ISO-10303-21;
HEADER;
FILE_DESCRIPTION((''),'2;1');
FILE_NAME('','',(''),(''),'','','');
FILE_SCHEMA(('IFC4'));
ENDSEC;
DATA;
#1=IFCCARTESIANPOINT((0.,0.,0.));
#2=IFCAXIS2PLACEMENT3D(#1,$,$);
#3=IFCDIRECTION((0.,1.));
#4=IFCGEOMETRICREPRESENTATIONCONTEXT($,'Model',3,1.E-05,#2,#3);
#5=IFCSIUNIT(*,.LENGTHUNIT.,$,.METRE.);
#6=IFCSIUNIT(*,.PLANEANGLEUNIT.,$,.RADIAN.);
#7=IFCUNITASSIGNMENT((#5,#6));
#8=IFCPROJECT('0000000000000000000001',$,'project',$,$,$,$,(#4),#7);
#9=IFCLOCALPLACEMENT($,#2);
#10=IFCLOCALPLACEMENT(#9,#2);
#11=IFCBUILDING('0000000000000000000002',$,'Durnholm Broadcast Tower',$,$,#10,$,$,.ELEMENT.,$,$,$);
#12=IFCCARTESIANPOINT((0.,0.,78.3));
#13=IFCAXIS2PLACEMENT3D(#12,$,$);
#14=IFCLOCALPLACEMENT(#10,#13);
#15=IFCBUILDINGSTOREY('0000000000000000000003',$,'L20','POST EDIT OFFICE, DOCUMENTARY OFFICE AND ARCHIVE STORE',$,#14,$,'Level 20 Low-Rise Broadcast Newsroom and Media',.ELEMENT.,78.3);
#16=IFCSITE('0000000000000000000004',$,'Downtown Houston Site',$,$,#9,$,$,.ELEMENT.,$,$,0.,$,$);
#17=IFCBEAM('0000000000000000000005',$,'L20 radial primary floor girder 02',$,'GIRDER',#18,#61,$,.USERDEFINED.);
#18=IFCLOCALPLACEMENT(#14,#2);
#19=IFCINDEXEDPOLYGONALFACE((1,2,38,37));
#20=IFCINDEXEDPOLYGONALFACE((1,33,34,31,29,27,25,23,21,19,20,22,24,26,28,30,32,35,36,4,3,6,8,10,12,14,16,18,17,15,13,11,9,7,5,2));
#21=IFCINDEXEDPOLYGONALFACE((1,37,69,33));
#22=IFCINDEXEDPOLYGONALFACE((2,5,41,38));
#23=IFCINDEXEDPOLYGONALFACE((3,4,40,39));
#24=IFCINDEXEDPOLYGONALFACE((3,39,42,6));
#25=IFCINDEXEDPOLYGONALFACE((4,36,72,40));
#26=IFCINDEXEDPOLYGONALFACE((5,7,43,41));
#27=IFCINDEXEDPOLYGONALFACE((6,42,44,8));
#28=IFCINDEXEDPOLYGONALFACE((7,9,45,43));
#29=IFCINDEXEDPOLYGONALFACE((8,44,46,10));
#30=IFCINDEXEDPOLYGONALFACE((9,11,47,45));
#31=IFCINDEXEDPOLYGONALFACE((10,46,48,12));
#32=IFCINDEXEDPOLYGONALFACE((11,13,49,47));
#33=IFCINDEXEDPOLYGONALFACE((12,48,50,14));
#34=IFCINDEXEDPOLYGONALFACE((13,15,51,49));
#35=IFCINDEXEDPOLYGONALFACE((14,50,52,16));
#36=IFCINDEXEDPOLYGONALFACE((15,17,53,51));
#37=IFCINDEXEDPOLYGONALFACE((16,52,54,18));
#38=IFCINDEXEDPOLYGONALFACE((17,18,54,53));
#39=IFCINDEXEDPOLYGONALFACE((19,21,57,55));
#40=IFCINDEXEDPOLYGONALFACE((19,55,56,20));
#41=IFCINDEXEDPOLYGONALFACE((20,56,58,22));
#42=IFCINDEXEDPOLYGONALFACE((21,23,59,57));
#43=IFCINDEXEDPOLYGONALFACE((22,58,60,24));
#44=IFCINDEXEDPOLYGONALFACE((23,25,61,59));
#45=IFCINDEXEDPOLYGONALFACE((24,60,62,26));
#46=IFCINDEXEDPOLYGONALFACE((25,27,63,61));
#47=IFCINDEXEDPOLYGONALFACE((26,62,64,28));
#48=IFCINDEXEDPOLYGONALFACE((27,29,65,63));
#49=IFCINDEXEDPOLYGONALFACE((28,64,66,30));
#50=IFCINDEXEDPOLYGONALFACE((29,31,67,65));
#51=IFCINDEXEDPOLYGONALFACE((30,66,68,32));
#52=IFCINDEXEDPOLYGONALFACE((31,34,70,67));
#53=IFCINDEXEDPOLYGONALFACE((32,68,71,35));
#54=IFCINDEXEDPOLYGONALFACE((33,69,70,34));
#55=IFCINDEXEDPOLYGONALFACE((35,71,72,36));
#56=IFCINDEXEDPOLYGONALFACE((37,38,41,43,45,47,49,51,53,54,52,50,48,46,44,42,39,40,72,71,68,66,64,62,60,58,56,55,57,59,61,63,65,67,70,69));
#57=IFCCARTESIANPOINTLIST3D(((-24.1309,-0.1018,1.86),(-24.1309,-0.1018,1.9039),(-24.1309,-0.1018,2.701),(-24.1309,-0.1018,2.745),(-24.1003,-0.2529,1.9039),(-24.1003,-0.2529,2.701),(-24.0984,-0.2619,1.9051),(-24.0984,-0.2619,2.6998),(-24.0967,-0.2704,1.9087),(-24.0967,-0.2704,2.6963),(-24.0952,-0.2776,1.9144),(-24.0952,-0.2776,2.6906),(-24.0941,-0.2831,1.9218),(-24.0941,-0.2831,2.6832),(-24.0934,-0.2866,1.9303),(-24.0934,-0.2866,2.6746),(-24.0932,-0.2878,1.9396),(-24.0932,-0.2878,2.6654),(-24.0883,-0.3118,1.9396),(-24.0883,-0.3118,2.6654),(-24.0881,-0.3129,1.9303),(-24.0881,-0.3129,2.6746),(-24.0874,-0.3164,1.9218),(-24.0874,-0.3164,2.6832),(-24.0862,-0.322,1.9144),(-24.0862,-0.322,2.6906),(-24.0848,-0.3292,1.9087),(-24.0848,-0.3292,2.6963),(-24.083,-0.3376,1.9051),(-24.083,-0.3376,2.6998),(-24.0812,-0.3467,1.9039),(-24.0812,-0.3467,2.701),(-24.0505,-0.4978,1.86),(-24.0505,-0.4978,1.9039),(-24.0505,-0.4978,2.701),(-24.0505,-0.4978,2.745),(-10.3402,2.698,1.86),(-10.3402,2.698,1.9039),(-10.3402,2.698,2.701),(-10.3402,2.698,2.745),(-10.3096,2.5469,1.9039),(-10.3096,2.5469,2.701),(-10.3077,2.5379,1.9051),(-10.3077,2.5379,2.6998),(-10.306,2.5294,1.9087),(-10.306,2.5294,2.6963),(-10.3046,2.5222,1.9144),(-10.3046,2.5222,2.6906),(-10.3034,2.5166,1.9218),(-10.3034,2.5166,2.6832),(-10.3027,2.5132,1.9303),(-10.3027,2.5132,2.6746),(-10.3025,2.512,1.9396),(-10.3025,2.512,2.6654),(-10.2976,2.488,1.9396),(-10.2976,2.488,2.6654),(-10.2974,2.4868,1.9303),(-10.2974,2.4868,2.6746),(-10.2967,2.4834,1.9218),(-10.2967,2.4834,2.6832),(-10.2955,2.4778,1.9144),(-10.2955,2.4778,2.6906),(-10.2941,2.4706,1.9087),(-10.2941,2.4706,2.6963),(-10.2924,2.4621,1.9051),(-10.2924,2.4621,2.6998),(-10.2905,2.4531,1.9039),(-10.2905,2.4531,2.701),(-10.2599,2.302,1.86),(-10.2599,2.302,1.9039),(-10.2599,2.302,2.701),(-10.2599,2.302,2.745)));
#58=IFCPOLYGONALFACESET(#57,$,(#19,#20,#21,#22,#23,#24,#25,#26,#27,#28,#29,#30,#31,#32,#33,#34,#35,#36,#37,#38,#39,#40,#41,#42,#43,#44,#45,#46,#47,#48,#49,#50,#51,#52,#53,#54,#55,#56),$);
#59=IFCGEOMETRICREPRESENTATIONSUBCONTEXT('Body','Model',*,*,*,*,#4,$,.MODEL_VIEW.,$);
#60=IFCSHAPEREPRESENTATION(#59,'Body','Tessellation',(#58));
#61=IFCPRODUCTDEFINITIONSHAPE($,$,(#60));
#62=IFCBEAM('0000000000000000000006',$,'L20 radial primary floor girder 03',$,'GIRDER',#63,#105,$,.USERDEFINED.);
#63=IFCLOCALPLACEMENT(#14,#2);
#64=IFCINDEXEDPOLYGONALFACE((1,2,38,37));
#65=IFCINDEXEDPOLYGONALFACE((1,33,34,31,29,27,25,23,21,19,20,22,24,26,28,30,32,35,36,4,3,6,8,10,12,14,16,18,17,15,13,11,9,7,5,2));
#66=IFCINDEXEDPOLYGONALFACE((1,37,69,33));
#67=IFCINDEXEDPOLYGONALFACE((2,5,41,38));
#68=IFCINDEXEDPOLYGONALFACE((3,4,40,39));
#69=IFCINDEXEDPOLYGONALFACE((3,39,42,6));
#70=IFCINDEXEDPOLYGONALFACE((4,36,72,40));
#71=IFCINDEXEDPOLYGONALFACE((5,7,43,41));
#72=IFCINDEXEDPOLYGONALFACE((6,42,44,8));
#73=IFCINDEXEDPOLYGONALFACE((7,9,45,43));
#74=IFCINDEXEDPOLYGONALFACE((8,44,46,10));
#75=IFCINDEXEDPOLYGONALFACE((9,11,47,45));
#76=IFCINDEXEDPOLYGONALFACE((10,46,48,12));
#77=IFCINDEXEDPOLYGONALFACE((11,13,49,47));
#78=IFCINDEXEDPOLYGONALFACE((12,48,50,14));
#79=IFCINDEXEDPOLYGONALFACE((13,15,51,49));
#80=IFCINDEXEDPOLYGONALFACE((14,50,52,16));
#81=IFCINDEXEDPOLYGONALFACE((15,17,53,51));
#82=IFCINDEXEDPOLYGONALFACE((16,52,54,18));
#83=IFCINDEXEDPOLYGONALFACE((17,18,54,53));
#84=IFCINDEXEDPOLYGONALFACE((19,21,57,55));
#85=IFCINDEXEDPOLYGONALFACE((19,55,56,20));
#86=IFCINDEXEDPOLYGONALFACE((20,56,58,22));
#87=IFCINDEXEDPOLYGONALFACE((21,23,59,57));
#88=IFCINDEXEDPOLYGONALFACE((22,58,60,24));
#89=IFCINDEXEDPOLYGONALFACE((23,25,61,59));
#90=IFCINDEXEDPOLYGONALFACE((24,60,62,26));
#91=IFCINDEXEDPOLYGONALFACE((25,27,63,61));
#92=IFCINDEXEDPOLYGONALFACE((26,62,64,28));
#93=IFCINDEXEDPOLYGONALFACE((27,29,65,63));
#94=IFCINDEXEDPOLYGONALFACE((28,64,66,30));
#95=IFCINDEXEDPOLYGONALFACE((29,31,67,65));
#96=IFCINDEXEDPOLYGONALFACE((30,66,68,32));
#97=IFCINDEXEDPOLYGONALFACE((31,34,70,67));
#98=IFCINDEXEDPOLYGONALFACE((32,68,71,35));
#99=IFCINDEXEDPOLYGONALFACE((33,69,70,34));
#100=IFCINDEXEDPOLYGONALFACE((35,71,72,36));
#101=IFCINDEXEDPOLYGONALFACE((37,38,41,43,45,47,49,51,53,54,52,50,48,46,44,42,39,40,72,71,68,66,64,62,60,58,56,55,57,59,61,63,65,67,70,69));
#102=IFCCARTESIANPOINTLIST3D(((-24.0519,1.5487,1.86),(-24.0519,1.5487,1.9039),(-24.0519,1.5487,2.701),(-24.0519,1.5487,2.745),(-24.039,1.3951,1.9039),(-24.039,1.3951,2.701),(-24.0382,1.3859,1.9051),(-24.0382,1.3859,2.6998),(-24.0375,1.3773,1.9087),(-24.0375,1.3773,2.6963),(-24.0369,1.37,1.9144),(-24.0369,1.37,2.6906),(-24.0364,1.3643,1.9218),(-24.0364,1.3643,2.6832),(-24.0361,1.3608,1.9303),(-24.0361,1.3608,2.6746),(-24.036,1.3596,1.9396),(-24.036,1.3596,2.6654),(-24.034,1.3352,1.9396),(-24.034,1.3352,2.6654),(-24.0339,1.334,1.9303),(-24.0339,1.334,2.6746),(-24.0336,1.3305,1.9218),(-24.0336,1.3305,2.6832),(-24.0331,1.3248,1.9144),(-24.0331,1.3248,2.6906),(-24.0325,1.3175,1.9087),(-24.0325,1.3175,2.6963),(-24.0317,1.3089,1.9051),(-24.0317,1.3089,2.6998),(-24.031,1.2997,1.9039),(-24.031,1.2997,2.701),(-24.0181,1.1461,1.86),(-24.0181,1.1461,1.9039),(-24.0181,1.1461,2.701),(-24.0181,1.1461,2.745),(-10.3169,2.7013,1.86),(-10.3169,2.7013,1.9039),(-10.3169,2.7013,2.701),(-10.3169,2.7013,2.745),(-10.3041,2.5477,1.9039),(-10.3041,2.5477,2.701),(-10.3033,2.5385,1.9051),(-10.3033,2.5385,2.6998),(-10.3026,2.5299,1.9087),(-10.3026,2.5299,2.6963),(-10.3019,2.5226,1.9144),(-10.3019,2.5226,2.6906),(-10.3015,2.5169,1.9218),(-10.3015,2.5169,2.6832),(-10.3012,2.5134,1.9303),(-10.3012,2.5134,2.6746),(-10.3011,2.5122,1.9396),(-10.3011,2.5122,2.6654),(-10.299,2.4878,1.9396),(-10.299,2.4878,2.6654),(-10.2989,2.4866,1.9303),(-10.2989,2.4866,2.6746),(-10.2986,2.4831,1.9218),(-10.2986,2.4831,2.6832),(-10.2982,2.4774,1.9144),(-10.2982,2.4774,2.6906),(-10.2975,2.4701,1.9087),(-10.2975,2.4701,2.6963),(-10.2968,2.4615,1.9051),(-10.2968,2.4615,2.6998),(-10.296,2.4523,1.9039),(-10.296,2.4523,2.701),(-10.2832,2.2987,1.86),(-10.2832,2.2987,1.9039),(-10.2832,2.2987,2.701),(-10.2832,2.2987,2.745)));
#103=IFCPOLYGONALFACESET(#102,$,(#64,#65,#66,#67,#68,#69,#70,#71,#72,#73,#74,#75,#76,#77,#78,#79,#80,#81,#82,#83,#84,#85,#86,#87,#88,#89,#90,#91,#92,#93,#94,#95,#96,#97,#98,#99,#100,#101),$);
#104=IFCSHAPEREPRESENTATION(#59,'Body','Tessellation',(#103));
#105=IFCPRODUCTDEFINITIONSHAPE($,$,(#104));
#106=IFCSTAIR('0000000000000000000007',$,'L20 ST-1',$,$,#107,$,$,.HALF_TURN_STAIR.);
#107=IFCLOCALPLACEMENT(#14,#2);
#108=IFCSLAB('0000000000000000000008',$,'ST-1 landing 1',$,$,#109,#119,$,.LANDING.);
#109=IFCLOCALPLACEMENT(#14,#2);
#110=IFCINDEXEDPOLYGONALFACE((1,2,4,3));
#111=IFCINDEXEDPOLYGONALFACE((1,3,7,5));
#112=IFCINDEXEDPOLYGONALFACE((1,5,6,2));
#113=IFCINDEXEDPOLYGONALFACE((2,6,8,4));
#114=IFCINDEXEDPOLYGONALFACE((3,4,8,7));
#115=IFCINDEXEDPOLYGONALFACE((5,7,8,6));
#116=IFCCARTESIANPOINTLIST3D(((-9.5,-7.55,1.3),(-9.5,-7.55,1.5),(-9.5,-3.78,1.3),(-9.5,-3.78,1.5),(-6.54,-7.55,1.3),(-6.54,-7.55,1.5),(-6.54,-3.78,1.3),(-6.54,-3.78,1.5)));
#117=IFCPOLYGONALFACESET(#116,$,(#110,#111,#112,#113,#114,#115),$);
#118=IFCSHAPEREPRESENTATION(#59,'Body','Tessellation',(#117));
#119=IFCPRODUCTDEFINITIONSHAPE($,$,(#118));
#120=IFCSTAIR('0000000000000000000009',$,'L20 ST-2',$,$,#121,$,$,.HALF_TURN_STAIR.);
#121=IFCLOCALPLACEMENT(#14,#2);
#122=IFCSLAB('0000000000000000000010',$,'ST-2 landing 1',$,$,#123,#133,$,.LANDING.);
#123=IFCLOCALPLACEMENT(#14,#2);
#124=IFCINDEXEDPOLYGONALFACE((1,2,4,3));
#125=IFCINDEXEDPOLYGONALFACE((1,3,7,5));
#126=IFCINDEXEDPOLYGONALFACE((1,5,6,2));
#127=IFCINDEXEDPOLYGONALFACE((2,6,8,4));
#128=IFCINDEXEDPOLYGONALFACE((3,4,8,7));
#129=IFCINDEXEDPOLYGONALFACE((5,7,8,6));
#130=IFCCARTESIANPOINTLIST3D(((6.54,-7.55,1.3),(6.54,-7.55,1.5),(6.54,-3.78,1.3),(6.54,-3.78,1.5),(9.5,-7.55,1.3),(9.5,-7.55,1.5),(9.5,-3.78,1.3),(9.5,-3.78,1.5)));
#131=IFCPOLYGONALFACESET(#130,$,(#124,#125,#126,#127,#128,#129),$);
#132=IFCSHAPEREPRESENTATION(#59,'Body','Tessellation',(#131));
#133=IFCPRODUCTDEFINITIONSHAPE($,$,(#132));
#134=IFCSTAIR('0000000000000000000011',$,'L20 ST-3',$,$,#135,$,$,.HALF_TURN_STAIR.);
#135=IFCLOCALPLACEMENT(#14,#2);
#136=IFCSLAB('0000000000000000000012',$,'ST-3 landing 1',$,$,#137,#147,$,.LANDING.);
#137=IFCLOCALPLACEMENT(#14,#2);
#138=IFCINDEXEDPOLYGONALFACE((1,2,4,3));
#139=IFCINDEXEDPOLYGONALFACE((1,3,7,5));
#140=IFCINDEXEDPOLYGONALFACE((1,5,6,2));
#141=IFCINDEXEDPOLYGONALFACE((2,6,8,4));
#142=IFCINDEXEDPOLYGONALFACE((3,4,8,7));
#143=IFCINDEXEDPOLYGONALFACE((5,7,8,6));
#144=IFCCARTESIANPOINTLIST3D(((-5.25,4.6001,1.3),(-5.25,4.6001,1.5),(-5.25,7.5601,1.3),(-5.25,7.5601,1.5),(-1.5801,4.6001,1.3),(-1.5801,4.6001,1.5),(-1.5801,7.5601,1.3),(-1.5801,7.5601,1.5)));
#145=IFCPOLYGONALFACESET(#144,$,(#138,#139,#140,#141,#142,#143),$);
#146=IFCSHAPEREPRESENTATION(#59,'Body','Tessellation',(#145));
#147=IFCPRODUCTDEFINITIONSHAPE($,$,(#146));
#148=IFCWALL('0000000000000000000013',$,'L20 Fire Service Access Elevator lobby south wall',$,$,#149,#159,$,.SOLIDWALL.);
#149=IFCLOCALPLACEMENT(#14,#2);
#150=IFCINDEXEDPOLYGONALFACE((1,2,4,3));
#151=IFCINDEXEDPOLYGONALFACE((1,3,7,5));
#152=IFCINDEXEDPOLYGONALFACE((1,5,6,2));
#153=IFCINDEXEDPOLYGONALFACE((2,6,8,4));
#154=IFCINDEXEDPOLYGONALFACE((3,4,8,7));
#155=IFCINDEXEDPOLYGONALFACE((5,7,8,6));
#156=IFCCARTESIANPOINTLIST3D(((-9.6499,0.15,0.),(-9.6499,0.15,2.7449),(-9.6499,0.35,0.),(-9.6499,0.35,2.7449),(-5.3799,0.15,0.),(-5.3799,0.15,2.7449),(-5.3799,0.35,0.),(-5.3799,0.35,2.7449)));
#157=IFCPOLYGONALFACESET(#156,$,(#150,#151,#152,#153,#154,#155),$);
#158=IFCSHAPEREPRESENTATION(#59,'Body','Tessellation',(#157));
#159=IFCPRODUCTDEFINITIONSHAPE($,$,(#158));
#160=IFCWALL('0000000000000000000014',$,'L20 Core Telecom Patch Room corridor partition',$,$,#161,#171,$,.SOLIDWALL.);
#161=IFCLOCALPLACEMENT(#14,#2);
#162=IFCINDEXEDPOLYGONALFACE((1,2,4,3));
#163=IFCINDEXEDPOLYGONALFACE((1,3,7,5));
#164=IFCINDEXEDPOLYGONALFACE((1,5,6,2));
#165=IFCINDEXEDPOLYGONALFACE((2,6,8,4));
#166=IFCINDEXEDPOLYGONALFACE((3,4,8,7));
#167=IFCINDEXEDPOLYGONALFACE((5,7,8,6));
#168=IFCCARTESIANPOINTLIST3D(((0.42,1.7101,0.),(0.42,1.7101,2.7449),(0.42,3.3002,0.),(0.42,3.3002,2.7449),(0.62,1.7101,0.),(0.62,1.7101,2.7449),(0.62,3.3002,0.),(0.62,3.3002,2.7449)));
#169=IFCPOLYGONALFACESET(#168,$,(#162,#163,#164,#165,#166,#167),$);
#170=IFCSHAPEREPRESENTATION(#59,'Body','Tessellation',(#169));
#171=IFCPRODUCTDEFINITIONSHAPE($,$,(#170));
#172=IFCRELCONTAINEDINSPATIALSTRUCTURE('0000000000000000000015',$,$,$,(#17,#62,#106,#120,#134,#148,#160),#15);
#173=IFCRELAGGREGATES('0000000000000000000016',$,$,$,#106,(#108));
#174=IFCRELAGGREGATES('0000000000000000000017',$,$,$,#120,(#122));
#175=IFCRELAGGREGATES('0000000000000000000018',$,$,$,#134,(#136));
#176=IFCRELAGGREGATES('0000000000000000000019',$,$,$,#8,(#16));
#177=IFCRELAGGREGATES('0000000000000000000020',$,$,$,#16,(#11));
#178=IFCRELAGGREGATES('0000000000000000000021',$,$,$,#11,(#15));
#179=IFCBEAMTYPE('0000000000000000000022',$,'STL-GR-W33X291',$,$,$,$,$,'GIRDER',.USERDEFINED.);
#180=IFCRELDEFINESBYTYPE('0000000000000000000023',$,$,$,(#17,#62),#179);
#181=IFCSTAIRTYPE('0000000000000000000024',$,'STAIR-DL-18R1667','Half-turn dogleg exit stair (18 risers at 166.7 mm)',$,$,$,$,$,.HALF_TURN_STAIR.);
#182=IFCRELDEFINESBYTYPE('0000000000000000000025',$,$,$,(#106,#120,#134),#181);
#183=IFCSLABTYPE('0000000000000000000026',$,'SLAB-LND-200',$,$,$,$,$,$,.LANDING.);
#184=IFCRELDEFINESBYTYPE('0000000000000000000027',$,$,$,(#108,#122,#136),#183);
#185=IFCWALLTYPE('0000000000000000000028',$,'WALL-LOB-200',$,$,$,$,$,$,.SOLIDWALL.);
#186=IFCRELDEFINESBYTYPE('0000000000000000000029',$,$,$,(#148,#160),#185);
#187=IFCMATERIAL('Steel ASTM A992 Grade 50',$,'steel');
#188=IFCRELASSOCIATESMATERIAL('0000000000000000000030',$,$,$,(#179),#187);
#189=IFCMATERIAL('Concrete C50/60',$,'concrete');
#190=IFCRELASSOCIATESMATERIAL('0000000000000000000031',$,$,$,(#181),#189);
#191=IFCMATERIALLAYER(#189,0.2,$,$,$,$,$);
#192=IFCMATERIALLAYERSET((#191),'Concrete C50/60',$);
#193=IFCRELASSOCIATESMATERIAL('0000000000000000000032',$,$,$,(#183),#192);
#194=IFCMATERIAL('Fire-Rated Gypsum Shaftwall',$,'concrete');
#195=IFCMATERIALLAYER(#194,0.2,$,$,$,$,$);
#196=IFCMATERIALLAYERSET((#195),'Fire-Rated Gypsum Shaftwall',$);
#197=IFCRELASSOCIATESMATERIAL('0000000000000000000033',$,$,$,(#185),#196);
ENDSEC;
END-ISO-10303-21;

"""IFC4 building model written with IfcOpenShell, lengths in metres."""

from ifc_helpers import new_model, si_unit, direction, frame, frame_2d, origin, origin_2d, place, context, subcontext, project, spatial, polyline, rectangle, i_section, outline, extrude, source, transform, mapped, material, layer, layer_set, material_profile, profile_set, type_object, type_shapes, element, aggregate, save


model = new_model("IFC4")

# Units and contexts
model_context = context("Model", 3, precision=1e-05, world=origin(), true_north=direction((0.0, 1.0)))
body_context = subcontext(model_context, "Body", "Model", "MODEL_VIEW")
ifc_project = project(units=[si_unit("LENGTHUNIT", "METRE"), si_unit("PLANEANGLEUNIT", "RADIAN")], contexts=[model_context])

# Site, building, storey
site_placement = place(None, origin())
site = spatial("IfcSite", under=ifc_project, at=site_placement, Name="Downtown Houston Site", CompositionType="ELEMENT", RefElevation=0.0)
building_placement = place(site_placement, origin())
building = spatial("IfcBuilding", under=site, at=building_placement, Name="Durnholm Broadcast Tower", CompositionType="ELEMENT")
storey_placement = place(building_placement, frame((0.0, 0.0, 78.3)))
storey = spatial("IfcBuildingStorey", under=building, at=storey_placement, Name="L20", Description="POST EDIT OFFICE, DOCUMENTARY OFFICE AND ARCHIVE STORE", LongName="Level 20 Low-Rise Broadcast Newsroom and Media", CompositionType="ELEMENT", Elevation=78.3)

# Beams
ifc_material_1 = material(Name="Steel ASTM A992 Grade 50", Category="steel")
ifc_material_profile = material_profile(ifc_material_1, i_section(OverallWidth=0.4041, OverallDepth=0.885, WebThickness=0.0244, FlangeThickness=0.0439, FilletRadius=0.0356, at=origin_2d()), Name="W33X291")
ifc_profile_set = profile_set([ifc_material_profile], Name="Steel ASTM A992 Grade 50")
beam_type = type_object("IfcBeamType", Name="STL-GR-W33X291", ElementType="GIRDER", PredefinedType="USERDEFINED", material=ifc_profile_set)
shared_shape_1 = source(origin(), body_context, "Body", "SweptSolid", [
    extrude(i_section(OverallWidth=0.4041, OverallDepth=0.885, WebThickness=0.0244, FlangeThickness=0.0439, FilletRadius=0.0356, at=origin_2d()), origin(), (0.0, 0.0, 1.0), 14.072),
])
beam_1_placement = place(storey_placement, frame((-10.3, 2.5, 2.3025), z_axis=(-0.980007, -0.198961, 0.0), x_axis=(0.198961, -0.980007, 0.0)))
element("IfcBeam", 1, at=beam_1_placement, inside=storey, type_object=beam_type, Name="L20 radial primary floor girder 02", ObjectType="GIRDER", PredefinedType="USERDEFINED", context=body_context, shape_type="MappedRepresentation", body=[
    mapped(shared_shape_1, transform((0.0, 0.0, 0.0), x_axis=(1.0, 0.0, 0.0), y_axis=(0.0, 1.0, 0.0), z_axis=(0.0, 0.0, 1.0), scale=1.0)),
])
shared_shape_2 = source(origin(), body_context, "Body", "SweptSolid", [
    extrude(i_section(OverallWidth=0.4041, OverallDepth=0.885, WebThickness=0.0244, FlangeThickness=0.0439, FilletRadius=0.0356, at=origin_2d()), origin(), (0.0, 0.0, 1.0), 13.7832),
])
type_shapes(beam_type, [shared_shape_1, shared_shape_2])
beam_2_placement = place(storey_placement, frame((-10.3, 2.5, 2.3025), z_axis=(-0.996497, -0.083623, 0.0), x_axis=(0.083623, -0.996497, 0.0)))
element("IfcBeam", 2, at=beam_2_placement, inside=storey, type_object=beam_type, Name="L20 radial primary floor girder 03", ObjectType="GIRDER", PredefinedType="USERDEFINED", context=body_context, shape_type="MappedRepresentation", body=[
    mapped(shared_shape_2, transform((0.0, 0.0, 0.0), x_axis=(1.0, 0.0, 0.0), y_axis=(0.0, 1.0, 0.0), z_axis=(0.0, 0.0, 1.0), scale=1.0)),
])

# Stairs, slabs
ifc_material_2 = material(Name="Concrete C50/60", Category="concrete")
stair_type = type_object("IfcStairType", Name="STAIR-DL-18R1667", Description="Half-turn dogleg exit stair (18 risers at 166.7 mm)", PredefinedType="HALF_TURN_STAIR", material=ifc_material_2)
stair_1_placement = place(storey_placement, origin())
stair_1 = element("IfcStair", 3, at=stair_1_placement, inside=storey, type_object=stair_type, Name="L20 ST-1", PredefinedType="HALF_TURN_STAIR")
ifc_layer_1 = layer(ifc_material_2, 0.2)
ifc_layer_set_1 = layer_set([ifc_layer_1], Name="Concrete C50/60")
slab_type = type_object("IfcSlabType", Name="SLAB-LND-200", PredefinedType="LANDING", material=ifc_layer_set_1)
slab_1_placement = place(storey_placement, frame((0.0, 0.0, 1.3)))
slab_1 = element("IfcSlab", 4, at=slab_1_placement, type_object=slab_type, Name="ST-1 landing 1", PredefinedType="LANDING", context=body_context, shape_type="SweptSolid", body=[
    extrude(outline(polyline([(-9.5, -3.78), (-9.5, -7.55), (-6.54, -7.55), (-6.54, -3.78), (-9.5, -3.78)])), origin(), (0.0, 0.0, 1.0), 0.2),
])
aggregate(stair_1, [slab_1])
stair_2_placement = place(storey_placement, origin())
stair_2 = element("IfcStair", 5, at=stair_2_placement, inside=storey, type_object=stair_type, Name="L20 ST-2", PredefinedType="HALF_TURN_STAIR")
slab_2_placement = place(storey_placement, frame((0.0, 0.0, 1.3)))
slab_2 = element("IfcSlab", 6, at=slab_2_placement, type_object=slab_type, Name="ST-2 landing 1", PredefinedType="LANDING", context=body_context, shape_type="SweptSolid", body=[
    extrude(outline(polyline([(6.54, -3.78), (6.54, -7.55), (9.5, -7.55), (9.5, -3.78), (6.54, -3.78)])), origin(), (0.0, 0.0, 1.0), 0.2),
])
aggregate(stair_2, [slab_2])
stair_3_placement = place(storey_placement, origin())
stair_3 = element("IfcStair", 7, at=stair_3_placement, inside=storey, type_object=stair_type, Name="L20 ST-3", PredefinedType="HALF_TURN_STAIR")
slab_3_placement = place(storey_placement, frame((0.0, 0.0, 1.3)))
slab_3 = element("IfcSlab", 8, at=slab_3_placement, type_object=slab_type, Name="ST-3 landing 1", PredefinedType="LANDING", context=body_context, shape_type="SweptSolid", body=[
    extrude(outline(polyline([(-1.5801, 7.5601), (-5.25, 7.5601), (-5.25, 4.6001), (-1.5801, 4.6001), (-1.5801, 7.5601)])), origin(), (0.0, 0.0, 1.0), 0.2),
])

# Wall
ifc_material_3 = material(Name="Fire-Rated Gypsum Shaftwall", Category="concrete")
ifc_layer_2 = layer(ifc_material_3, 0.2)
ifc_layer_set_2 = layer_set([ifc_layer_2], Name="Fire-Rated Gypsum Shaftwall")
wall_type_1 = type_object("IfcWallType", Name="WALL-LOB-200", PredefinedType="SOLIDWALL", material=ifc_layer_set_2)
wall_1_placement = place(storey_placement, frame((-9.6499, 0.25, 0.0), z_axis=(0.0, 0.0, 1.0), x_axis=(1.0, 0.0, 0.0)))
element("IfcWall", 9, at=wall_1_placement, inside=storey, type_object=wall_type_1, Name="L20 Fire Service Access Elevator lobby south wall", PredefinedType="SOLIDWALL", context=body_context, shape_type="SweptSolid", body=[
    extrude(rectangle(XDim=4.27, YDim=0.2, at=frame_2d((2.135, 0.0))), origin(), (0.0, 0.0, 1.0), 2.7449),
])

# Wall
wall_2_placement = place(storey_placement, frame((0.52, 3.3, 0.0), z_axis=(0.0, 0.0, 1.0), x_axis=(0.0, -1.0, 0.0)))
element("IfcWall", 10, at=wall_2_placement, inside=storey, type_object=wall_type_1, Name="L20 Core Telecom Patch Room corridor partition", PredefinedType="SOLIDWALL", context=body_context, shape_type="SweptSolid", body=[
    extrude(rectangle(XDim=1.5901, YDim=0.2, at=frame_2d((0.7949, 0.0))), origin(), (0.0, 0.0, 1.0), 2.7449),
])

aggregate(stair_3, [slab_3])

save(model, "model.ifc")
